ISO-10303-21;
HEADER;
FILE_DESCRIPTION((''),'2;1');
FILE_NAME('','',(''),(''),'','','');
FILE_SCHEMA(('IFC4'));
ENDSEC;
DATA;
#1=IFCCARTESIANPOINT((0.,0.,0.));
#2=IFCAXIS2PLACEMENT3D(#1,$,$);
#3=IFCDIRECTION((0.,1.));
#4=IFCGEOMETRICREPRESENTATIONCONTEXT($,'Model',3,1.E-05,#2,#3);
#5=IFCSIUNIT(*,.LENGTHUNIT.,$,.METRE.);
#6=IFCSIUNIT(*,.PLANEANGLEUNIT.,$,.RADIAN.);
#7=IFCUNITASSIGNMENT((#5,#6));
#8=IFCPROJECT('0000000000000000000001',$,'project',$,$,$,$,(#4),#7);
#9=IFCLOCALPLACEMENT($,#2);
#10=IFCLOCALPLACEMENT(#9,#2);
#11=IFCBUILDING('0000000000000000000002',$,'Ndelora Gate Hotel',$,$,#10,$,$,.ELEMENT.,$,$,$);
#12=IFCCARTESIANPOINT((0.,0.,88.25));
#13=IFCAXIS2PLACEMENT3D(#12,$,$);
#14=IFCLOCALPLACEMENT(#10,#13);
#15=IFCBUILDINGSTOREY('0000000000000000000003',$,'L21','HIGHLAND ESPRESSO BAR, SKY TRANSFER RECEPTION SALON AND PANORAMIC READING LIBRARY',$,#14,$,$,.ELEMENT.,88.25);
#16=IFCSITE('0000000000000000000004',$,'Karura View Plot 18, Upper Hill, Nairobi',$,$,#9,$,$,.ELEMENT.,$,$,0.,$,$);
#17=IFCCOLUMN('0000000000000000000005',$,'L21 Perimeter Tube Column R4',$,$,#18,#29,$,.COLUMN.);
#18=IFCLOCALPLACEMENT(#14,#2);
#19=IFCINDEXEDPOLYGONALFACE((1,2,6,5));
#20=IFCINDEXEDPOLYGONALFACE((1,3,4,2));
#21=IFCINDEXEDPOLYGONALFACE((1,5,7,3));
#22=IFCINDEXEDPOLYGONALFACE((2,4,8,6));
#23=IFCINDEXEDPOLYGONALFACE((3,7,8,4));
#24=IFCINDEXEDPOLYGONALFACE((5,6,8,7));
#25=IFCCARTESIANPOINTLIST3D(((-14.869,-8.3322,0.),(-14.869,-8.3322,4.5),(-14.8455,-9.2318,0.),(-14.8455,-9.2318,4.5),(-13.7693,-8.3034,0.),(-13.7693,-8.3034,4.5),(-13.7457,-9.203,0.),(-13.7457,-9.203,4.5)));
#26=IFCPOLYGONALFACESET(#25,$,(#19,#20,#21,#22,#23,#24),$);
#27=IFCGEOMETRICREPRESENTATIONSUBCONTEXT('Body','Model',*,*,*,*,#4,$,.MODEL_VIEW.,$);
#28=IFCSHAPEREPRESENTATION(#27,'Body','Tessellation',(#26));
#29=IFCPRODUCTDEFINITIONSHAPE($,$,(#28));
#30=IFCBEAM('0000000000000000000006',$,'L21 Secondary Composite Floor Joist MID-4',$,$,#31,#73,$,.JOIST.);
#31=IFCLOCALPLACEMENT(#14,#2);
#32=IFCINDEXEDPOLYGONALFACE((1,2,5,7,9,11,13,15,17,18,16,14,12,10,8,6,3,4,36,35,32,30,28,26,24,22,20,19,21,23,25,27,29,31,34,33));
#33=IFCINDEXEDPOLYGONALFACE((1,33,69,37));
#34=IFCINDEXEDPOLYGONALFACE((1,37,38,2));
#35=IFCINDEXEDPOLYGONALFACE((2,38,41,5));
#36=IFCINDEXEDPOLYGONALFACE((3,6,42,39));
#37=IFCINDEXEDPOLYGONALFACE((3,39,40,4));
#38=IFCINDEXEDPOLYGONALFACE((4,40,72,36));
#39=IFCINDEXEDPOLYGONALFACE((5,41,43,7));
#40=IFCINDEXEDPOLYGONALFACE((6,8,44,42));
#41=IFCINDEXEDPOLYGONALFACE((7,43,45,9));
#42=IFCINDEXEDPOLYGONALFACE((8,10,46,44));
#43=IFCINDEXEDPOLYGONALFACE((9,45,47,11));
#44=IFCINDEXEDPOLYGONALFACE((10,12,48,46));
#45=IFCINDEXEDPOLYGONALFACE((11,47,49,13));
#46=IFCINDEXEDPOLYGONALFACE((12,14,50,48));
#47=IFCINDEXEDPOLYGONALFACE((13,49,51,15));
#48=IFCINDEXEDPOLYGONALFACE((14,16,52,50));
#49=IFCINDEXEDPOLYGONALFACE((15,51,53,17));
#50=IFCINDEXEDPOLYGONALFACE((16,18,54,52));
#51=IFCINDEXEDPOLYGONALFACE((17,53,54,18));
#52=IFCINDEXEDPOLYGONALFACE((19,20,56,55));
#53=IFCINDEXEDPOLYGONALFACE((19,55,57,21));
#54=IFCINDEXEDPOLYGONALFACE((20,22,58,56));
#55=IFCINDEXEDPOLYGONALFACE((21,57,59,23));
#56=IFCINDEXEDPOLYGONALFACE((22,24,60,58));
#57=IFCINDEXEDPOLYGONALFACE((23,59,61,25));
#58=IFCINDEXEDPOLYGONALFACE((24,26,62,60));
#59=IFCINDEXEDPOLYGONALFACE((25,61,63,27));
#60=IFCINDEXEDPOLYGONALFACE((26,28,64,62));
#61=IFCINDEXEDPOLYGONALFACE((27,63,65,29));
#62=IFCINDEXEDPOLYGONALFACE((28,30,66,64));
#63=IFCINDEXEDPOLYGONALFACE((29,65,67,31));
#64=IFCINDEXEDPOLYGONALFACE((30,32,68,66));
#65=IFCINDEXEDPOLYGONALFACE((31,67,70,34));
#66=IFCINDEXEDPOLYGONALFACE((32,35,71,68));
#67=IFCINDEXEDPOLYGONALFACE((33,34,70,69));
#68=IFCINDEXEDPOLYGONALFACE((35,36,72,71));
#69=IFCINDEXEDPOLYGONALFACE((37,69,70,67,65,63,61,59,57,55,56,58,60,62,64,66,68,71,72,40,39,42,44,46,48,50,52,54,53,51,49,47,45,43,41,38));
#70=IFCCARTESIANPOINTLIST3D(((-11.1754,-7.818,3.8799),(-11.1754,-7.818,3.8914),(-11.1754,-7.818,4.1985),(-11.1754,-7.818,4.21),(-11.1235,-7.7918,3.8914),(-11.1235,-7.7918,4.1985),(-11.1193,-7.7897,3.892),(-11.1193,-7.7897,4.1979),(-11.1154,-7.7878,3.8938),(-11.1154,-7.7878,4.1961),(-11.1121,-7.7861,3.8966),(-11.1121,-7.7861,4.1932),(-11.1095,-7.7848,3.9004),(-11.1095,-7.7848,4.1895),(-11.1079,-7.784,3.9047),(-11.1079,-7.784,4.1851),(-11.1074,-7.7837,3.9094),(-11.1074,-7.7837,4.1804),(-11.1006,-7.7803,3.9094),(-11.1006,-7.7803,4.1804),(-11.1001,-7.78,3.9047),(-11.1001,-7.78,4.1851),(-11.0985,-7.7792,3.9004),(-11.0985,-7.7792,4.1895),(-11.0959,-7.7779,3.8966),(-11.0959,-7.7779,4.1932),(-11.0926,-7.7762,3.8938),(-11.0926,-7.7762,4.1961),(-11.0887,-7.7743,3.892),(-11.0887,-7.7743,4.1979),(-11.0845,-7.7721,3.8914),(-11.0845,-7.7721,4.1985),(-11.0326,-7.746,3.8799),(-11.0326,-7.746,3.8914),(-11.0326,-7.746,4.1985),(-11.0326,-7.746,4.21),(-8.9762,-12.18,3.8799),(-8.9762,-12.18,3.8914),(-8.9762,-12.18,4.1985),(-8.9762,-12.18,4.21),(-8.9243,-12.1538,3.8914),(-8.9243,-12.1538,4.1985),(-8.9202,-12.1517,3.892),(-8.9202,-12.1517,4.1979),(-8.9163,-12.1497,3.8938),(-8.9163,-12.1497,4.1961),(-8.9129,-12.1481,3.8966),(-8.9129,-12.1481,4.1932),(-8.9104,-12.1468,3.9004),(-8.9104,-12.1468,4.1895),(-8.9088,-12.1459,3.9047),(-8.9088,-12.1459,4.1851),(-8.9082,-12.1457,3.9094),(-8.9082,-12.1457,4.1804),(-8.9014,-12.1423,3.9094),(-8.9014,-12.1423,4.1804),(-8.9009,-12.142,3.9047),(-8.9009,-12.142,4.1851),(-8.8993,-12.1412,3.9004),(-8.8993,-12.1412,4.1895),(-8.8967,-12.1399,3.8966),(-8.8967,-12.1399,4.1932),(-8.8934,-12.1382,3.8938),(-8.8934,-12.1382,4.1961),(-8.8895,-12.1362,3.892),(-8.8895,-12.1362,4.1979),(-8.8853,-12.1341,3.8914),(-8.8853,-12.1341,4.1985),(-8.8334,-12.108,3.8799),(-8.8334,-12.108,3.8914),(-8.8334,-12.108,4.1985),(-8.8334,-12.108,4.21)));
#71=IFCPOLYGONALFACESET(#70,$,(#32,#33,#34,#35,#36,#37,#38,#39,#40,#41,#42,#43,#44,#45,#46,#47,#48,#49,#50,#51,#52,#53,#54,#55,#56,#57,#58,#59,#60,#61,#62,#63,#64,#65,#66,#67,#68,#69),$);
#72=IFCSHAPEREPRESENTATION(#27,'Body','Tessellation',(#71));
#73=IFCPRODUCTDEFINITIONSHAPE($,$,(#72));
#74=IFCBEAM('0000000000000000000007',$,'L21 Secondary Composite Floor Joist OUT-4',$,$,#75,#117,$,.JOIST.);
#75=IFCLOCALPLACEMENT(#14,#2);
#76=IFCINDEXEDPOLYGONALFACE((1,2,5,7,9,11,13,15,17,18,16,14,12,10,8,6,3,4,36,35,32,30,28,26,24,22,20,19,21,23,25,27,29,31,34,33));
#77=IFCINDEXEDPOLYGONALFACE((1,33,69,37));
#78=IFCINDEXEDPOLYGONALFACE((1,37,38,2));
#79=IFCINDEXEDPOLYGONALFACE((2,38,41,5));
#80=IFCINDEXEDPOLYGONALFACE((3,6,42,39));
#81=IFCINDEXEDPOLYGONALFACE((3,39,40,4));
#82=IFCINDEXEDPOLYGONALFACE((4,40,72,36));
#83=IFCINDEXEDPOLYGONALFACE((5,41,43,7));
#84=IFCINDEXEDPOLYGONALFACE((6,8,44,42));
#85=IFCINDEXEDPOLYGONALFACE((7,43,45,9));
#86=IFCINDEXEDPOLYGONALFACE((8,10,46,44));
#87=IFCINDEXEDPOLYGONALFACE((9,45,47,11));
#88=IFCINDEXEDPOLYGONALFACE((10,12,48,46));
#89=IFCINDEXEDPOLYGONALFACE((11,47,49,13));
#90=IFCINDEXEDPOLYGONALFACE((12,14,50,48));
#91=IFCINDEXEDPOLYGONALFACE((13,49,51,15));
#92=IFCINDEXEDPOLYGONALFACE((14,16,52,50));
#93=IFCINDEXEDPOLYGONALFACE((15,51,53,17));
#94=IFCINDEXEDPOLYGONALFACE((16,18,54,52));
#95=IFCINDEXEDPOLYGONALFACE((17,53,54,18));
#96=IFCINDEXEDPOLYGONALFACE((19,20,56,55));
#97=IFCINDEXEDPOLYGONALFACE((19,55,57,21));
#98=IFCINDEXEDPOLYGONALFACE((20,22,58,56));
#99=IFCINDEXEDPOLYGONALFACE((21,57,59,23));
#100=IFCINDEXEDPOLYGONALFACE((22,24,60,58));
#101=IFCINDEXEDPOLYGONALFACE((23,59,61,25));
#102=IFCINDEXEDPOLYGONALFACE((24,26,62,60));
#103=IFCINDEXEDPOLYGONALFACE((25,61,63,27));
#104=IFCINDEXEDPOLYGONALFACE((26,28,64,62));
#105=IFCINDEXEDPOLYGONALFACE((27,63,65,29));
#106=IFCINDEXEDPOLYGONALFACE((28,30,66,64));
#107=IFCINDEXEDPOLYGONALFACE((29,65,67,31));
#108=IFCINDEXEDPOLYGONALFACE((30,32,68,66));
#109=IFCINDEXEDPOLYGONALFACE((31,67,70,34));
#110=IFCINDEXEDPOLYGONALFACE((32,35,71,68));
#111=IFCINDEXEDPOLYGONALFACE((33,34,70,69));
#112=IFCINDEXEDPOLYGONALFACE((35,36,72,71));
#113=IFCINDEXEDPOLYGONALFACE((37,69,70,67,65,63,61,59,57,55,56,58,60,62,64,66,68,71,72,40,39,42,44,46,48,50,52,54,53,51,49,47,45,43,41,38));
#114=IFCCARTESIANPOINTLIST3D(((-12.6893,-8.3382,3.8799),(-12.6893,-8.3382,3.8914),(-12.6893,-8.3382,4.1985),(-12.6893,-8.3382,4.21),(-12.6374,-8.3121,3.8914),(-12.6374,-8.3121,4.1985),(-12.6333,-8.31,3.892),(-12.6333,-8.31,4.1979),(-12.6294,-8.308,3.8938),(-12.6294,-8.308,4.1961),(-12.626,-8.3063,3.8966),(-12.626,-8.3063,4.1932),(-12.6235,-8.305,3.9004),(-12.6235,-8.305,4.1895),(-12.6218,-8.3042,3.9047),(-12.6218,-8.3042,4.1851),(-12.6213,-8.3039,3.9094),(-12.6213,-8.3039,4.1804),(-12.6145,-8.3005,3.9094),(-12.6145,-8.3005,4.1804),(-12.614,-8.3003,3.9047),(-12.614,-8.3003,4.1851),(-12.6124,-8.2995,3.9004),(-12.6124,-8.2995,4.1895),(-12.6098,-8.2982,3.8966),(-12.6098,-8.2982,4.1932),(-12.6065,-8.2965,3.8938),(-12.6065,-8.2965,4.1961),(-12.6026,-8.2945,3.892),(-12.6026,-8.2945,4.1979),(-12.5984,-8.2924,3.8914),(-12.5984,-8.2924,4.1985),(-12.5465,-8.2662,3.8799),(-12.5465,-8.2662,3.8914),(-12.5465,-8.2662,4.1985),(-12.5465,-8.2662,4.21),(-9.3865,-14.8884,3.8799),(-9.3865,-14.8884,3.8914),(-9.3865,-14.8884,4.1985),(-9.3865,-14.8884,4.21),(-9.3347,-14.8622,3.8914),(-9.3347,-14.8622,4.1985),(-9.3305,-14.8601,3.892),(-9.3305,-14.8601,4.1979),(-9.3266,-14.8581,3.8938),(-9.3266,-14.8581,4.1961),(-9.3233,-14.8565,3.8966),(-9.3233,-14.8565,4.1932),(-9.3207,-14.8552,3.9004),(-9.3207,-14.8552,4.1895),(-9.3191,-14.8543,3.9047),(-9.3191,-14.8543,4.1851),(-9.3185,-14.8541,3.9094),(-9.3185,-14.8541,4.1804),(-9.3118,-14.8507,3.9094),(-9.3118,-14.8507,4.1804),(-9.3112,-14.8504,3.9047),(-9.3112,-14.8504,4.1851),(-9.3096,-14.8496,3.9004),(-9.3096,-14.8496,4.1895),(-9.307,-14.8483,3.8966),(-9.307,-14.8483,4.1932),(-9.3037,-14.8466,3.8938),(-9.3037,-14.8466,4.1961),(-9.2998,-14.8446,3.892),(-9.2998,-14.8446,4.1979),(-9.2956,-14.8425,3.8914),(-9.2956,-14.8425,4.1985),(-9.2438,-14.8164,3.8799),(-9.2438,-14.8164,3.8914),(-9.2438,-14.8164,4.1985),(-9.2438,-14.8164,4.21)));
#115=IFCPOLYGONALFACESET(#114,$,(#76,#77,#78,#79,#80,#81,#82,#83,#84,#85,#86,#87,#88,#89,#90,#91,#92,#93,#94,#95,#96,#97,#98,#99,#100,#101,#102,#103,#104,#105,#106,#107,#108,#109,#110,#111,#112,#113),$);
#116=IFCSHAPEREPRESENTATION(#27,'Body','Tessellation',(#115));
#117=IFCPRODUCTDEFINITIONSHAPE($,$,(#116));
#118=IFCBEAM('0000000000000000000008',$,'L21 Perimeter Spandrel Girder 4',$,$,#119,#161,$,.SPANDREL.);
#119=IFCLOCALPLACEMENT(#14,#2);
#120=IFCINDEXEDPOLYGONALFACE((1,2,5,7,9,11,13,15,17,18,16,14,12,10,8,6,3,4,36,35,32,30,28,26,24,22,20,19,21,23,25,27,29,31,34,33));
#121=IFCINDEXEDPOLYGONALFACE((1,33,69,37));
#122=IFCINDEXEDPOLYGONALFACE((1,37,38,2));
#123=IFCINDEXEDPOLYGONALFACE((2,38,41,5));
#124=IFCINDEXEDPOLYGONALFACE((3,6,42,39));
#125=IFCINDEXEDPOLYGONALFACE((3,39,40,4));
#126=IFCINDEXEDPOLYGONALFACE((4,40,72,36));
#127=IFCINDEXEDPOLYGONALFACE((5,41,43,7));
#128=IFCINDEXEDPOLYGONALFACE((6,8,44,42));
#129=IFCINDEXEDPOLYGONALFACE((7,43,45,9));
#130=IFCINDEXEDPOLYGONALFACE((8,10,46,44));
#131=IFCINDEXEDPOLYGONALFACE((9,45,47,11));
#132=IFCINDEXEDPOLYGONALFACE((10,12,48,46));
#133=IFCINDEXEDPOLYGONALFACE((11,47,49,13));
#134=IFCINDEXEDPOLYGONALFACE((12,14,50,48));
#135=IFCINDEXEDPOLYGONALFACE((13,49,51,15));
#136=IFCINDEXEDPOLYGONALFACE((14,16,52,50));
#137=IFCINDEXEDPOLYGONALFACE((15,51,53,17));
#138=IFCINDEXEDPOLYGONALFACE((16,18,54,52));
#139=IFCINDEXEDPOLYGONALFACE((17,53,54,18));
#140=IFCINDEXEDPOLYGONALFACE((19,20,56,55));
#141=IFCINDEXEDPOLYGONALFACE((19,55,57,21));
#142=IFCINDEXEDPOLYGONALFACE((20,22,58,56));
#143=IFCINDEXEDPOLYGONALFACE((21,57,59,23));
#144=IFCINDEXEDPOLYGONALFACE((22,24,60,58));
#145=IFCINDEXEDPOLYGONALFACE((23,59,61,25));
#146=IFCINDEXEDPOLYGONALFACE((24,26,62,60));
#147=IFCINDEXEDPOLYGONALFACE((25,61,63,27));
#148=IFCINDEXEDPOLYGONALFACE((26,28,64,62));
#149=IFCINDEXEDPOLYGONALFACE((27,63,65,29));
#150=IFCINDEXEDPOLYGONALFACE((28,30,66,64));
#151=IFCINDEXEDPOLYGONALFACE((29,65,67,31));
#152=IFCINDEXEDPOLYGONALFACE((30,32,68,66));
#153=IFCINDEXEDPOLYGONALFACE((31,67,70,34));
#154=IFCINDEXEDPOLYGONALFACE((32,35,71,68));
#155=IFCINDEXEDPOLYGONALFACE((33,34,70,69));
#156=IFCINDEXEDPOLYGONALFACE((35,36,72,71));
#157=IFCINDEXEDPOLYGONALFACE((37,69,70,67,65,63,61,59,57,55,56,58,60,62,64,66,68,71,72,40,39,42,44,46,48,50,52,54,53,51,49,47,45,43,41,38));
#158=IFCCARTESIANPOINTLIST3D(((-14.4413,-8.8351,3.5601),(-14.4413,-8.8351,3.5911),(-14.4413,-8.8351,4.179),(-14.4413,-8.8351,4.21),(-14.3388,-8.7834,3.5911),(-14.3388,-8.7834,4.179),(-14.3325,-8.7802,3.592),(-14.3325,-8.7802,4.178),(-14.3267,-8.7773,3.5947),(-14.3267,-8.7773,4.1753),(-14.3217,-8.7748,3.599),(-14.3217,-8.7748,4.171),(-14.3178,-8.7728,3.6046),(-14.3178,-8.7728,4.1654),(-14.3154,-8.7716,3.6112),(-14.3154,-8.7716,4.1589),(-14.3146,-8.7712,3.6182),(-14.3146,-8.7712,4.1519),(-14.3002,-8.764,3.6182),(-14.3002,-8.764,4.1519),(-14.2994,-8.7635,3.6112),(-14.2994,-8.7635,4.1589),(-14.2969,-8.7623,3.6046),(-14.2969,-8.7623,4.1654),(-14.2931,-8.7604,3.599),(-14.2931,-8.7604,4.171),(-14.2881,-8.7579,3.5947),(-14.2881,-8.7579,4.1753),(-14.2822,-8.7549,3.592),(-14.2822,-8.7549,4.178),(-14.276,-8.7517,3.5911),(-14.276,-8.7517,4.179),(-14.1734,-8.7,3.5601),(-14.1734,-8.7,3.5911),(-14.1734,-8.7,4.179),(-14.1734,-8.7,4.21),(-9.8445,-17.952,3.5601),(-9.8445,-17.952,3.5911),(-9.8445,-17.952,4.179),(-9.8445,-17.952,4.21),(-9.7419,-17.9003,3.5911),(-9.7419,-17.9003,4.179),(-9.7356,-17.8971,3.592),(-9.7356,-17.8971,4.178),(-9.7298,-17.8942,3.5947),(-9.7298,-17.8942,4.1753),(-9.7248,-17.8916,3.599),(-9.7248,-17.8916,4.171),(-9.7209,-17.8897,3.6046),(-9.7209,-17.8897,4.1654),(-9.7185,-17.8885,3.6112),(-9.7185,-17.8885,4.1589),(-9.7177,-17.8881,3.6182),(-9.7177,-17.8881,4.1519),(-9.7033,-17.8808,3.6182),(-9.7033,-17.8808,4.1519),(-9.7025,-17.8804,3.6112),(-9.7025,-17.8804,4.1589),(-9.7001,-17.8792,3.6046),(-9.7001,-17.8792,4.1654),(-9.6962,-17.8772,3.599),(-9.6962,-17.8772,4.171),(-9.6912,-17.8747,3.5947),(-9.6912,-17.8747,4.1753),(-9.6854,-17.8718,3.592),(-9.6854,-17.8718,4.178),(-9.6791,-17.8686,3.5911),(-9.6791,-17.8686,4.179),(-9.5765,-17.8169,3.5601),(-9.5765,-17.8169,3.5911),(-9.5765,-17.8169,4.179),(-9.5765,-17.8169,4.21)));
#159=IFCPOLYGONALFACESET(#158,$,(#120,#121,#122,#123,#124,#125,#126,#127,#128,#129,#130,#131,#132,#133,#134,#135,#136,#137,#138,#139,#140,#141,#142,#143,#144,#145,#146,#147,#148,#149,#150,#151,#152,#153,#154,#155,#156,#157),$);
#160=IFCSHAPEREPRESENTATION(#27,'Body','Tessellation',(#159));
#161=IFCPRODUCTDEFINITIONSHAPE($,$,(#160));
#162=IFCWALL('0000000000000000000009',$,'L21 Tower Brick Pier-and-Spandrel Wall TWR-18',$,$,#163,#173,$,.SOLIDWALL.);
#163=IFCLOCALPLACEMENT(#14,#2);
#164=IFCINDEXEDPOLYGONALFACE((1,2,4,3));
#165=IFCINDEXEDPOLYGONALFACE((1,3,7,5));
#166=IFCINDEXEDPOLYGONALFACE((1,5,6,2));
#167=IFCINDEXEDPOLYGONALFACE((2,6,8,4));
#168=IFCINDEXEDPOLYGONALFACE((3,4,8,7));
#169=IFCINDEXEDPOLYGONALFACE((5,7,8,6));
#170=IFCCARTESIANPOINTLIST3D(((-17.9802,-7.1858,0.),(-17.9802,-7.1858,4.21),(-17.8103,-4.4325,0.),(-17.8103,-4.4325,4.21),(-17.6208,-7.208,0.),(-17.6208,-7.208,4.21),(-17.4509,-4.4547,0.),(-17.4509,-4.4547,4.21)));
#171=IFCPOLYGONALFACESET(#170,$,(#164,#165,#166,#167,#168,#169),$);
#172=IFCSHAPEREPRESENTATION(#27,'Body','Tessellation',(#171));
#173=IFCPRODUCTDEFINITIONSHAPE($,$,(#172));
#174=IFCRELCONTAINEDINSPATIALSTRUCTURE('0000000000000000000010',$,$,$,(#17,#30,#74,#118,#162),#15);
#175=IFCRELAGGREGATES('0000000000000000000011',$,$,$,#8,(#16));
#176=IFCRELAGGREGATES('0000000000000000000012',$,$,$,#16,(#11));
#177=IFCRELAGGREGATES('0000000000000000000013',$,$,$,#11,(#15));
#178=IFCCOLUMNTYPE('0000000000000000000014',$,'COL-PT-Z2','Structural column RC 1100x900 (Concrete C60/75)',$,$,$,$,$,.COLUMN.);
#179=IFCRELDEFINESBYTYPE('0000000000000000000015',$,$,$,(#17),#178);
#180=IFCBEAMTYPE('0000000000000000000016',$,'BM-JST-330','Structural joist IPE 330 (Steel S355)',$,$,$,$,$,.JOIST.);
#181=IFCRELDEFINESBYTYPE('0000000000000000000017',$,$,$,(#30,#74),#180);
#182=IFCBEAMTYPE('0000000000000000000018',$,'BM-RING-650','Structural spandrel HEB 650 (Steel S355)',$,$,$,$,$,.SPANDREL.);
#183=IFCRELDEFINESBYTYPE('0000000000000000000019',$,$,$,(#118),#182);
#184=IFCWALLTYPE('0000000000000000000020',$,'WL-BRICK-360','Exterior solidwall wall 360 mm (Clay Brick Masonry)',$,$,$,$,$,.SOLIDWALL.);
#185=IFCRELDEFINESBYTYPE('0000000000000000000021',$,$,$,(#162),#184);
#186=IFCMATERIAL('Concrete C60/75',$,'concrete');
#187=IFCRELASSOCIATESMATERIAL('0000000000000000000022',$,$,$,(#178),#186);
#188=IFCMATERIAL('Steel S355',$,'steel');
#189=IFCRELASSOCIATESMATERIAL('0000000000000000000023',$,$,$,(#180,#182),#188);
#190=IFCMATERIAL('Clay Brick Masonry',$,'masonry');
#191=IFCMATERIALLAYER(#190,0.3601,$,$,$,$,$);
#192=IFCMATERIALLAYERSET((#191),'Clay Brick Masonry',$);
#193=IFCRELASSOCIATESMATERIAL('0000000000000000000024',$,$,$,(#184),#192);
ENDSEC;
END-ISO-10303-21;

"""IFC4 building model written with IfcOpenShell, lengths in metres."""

from ifc_helpers import new_model, si_unit, direction, frame, frame_2d, origin, origin_2d, place, context, subcontext, project, spatial, rectangle, i_section, extrude, material, layer, layer_set, material_profile, profile_set, type_object, element, save


model = new_model("IFC4")

# Units and contexts
model_context = context("Model", 3, precision=1e-05, world=origin(), true_north=direction((0.0, 1.0)))
body_context = subcontext(model_context, "Body", "Model", "MODEL_VIEW")
ifc_project = project(units=[si_unit("LENGTHUNIT", "METRE"), si_unit("PLANEANGLEUNIT", "RADIAN")], contexts=[model_context])

# Site, building, storey
site_placement = place(None, origin())
site = spatial("IfcSite", under=ifc_project, at=site_placement, Name="Karura View Plot 18, Upper Hill, Nairobi", CompositionType="ELEMENT", RefElevation=0.0)
building_placement = place(site_placement, origin())
building = spatial("IfcBuilding", under=site, at=building_placement, Name="Ndelora Gate Hotel", CompositionType="ELEMENT")
storey_placement = place(building_placement, frame((0.0, 0.0, 88.25)))
storey = spatial("IfcBuildingStorey", under=building, at=storey_placement, Name="L21", Description="HIGHLAND ESPRESSO BAR, SKY TRANSFER RECEPTION SALON AND PANORAMIC READING LIBRARY", CompositionType="ELEMENT", Elevation=88.25)

# Column
ifc_material_1 = material(Name="Concrete C60/75", Category="concrete")
ifc_material_profile_1 = material_profile(ifc_material_1, rectangle(XDim=0.8999, YDim=1.1001, at=origin_2d()), Name="RC 1100x900")
ifc_profile_set_1 = profile_set([ifc_material_profile_1], Name="Concrete C60/75")
column_type = type_object("IfcColumnType", Name="COL-PT-Z2", Description="Structural column RC 1100x900 (Concrete C60/75)", PredefinedType="COLUMN", material=ifc_profile_set_1)
column_placement = place(storey_placement, frame((-14.3074, -8.7676, 0.0), z_axis=(0.0, 0.0, 1.0), x_axis=(-0.026177, 0.999657, 0.0)))
element("IfcColumn", 1, at=column_placement, inside=storey, type_object=column_type, Name="L21 Perimeter Tube Column R4", PredefinedType="COLUMN", context=body_context, shape_type="SweptSolid", body=[
    extrude(rectangle(XDim=0.8999, YDim=1.1001, at=origin_2d()), origin(), (0.0, 0.0, 1.0), 4.5),
])

# Beams
ifc_material_2 = material(Name="Steel S355", Category="steel")
ifc_material_profile_2 = material_profile(ifc_material_2, i_section(OverallWidth=0.1599, OverallDepth=0.3301, WebThickness=0.0076, FlangeThickness=0.0115, FilletRadius=0.0181, at=origin_2d()), Name="IPE 330")
ifc_profile_set_2 = profile_set([ifc_material_profile_2], Name="Steel S355")
beam_type_1 = type_object("IfcBeamType", Name="BM-JST-330", Description="Structural joist IPE 330 (Steel S355)", PredefinedType="JOIST", material=ifc_profile_set_2)
beam_1_placement = place(storey_placement, frame((-11.104, -7.782, 4.0449), z_axis=(0.45019, -0.892933, 0.0), x_axis=(0.892933, 0.45019, 0.0)))
element("IfcBeam", 2, at=beam_1_placement, inside=storey, type_object=beam_type_1, Name="L21 Secondary Composite Floor Joist MID-4", PredefinedType="JOIST", context=body_context, shape_type="SweptSolid", body=[
    extrude(i_section(OverallWidth=0.1599, OverallDepth=0.3301, WebThickness=0.0076, FlangeThickness=0.0115, FilletRadius=0.0181, at=origin_2d()), origin(), (0.0, 0.0, 1.0), 4.885),
])
beam_2_placement = place(storey_placement, frame((-12.6179, -8.3022, 4.0449), z_axis=(0.450233, -0.892911, 0.0), x_axis=(0.892911, 0.450233, 0.0)))
element("IfcBeam", 3, at=beam_2_placement, inside=storey, type_object=beam_type_1, Name="L21 Secondary Composite Floor Joist OUT-4", PredefinedType="JOIST", context=body_context, shape_type="SweptSolid", body=[
    extrude(i_section(OverallWidth=0.1599, OverallDepth=0.3301, WebThickness=0.0076, FlangeThickness=0.0115, FilletRadius=0.0181, at=origin_2d()), origin(), (0.0, 0.0, 1.0), 7.3357),
])
ifc_material_profile_3 = material_profile(ifc_material_2, i_section(OverallWidth=0.3, OverallDepth=0.6499, WebThickness=0.0161, FlangeThickness=0.031, FilletRadius=0.0271, at=origin_2d()), Name="HEB 650")
ifc_profile_set_3 = profile_set([ifc_material_profile_3], Name="Steel S355")
beam_type_2 = type_object("IfcBeamType", Name="BM-RING-650", Description="Structural spandrel HEB 650 (Steel S355)", PredefinedType="SPANDREL", material=ifc_profile_set_3)
beam_3_placement = place(storey_placement, frame((-14.3074, -8.7676, 3.885), z_axis=(0.450224, -0.892916, 0.0), x_axis=(0.892916, 0.450224, 0.0)))
element("IfcBeam", 4, at=beam_3_placement, inside=storey, type_object=beam_type_2, Name="L21 Perimeter Spandrel Girder 4", PredefinedType="SPANDREL", context=body_context, shape_type="SweptSolid", body=[
    extrude(i_section(OverallWidth=0.3, OverallDepth=0.6499, WebThickness=0.0161, FlangeThickness=0.031, FilletRadius=0.0271, at=origin_2d()), origin(), (0.0, 0.0, 1.0), 10.2102),
])

# Wall
ifc_material_3 = material(Name="Clay Brick Masonry", Category="masonry")
ifc_layer_1 = layer(ifc_material_3, 0.3601)
ifc_layer_set_1 = layer_set([ifc_layer_1], Name="Clay Brick Masonry")
wall_type_1 = type_object("IfcWallType", Name="WL-BRICK-360", Description="Exterior solidwall wall 360 mm (Clay Brick Masonry)", PredefinedType="SOLIDWALL", material=ifc_layer_set_1)
wall_1_placement = place(storey_placement, frame((-17.8005, -7.197, 0.0), z_axis=(0.0, 0.0, 1.0), x_axis=(0.061596, 0.998101, 0.0)))
element("IfcWall", 5, at=wall_1_placement, inside=storey, type_object=wall_type_1, Name="L21 Tower Brick Pier-and-Spandrel Wall TWR-18", PredefinedType="SOLIDWALL", context=body_context, shape_type="SweptSolid", body=[
    extrude(rectangle(XDim=2.7585, YDim=0.3601, at=frame_2d((1.3794, 0.0))), origin(), (0.0, 0.0, 1.0), 4.21),
])

save(model, "model.ifc")
